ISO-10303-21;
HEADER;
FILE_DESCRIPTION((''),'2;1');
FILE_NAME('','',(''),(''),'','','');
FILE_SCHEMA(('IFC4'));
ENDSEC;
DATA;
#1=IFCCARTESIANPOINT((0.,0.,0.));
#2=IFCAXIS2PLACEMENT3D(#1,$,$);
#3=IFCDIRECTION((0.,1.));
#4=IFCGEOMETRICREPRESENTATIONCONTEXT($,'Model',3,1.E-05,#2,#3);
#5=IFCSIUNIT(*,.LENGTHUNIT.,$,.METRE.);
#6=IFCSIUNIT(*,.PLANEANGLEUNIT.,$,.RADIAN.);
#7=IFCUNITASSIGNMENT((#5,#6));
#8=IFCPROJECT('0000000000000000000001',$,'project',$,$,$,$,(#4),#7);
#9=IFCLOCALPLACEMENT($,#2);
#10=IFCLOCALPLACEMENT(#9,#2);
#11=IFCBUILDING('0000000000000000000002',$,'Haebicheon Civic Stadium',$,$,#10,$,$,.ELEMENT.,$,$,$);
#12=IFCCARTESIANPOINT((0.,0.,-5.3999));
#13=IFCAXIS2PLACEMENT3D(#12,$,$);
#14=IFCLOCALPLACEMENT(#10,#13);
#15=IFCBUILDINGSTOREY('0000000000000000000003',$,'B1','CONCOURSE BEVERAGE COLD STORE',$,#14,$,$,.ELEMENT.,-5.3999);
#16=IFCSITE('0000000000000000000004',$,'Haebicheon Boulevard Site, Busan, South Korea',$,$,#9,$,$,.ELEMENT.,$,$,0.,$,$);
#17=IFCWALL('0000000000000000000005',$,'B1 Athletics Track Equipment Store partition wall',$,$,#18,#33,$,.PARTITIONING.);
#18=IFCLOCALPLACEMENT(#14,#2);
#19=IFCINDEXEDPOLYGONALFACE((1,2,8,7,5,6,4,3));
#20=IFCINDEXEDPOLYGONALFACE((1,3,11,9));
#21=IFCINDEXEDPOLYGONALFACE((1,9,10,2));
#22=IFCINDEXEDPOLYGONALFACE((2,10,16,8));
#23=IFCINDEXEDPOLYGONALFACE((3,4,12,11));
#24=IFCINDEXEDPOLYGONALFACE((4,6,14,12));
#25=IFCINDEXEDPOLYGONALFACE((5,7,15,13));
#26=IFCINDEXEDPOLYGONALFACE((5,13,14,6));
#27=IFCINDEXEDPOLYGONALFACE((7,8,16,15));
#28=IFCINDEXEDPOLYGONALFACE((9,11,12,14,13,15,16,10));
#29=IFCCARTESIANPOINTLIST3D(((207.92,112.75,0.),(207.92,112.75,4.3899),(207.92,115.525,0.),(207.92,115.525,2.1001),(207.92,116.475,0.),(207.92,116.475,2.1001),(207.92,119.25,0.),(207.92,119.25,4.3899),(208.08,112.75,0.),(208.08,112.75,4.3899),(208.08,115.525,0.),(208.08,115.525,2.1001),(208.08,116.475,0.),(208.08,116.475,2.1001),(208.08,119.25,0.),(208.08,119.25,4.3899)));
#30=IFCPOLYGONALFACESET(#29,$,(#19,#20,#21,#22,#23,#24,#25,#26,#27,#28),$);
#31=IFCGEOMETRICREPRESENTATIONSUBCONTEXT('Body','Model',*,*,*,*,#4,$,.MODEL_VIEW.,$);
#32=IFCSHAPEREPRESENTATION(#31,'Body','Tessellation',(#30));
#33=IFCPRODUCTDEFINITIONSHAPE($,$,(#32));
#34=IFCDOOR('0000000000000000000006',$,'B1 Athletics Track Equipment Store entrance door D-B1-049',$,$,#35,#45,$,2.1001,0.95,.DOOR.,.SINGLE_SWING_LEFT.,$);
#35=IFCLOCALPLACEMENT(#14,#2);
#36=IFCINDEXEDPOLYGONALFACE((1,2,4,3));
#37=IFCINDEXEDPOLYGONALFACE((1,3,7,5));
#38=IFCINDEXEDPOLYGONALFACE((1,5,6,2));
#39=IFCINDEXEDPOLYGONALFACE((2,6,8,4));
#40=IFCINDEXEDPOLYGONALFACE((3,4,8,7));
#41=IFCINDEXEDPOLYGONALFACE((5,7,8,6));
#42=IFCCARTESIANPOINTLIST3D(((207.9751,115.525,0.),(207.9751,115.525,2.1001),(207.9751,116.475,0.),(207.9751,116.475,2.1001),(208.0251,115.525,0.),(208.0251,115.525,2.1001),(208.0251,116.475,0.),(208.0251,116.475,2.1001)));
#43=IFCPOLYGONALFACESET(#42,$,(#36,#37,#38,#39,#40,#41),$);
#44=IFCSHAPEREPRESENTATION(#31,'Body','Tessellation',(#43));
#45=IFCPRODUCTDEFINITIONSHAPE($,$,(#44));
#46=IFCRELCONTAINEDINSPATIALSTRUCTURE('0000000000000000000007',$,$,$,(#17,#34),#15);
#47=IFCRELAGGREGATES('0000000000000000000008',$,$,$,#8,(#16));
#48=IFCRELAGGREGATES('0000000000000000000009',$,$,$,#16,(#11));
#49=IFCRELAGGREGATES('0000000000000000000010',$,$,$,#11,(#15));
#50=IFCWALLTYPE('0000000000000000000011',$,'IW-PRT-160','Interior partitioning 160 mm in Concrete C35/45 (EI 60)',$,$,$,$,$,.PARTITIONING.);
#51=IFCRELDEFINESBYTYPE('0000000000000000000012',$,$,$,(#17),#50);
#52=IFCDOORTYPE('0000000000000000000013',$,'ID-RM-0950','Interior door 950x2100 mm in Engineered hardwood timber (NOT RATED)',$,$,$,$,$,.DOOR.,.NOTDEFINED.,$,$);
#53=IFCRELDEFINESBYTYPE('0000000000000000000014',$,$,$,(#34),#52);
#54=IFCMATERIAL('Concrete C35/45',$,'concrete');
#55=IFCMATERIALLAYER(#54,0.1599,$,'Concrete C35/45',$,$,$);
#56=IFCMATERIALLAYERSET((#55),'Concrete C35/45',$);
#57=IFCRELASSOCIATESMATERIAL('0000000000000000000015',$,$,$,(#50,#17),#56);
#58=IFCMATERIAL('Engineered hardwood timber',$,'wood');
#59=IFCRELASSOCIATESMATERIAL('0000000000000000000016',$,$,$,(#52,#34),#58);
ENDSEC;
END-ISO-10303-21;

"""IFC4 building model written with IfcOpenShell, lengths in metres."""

from ifc_helpers import new_model, si_unit, direction, frame, frame_2d, origin, place, context, subcontext, project, spatial, rectangle, extrude, material, layer, layer_set, type_object, element, fill, save


model = new_model("IFC4")

# Units and contexts
model_context = context("Model", 3, precision=1e-05, world=origin(), true_north=direction((0.0, 1.0)))
body_context = subcontext(model_context, "Body", "Model", "MODEL_VIEW")
ifc_project = project(units=[si_unit("LENGTHUNIT", "METRE"), si_unit("PLANEANGLEUNIT", "RADIAN")], contexts=[model_context])

# Site, building, storey
site_placement = place(None, origin())
site = spatial("IfcSite", under=ifc_project, at=site_placement, Name="Haebicheon Boulevard Site, Busan, South Korea", CompositionType="ELEMENT", RefElevation=0.0)
building_placement = place(site_placement, origin())
building = spatial("IfcBuilding", under=site, at=building_placement, Name="Haebicheon Civic Stadium", CompositionType="ELEMENT")
storey_placement = place(building_placement, frame((0.0, 0.0, -5.3999)))
storey = spatial("IfcBuildingStorey", under=building, at=storey_placement, Name="B1", Description="CONCOURSE BEVERAGE COLD STORE", CompositionType="ELEMENT", Elevation=-5.3999)

# Wall, opening, door
ifc_material_1 = material(Name="Concrete C35/45", Category="concrete")
ifc_layer_1 = layer(ifc_material_1, 0.1599, Name="Concrete C35/45")
ifc_layer_set_1 = layer_set([ifc_layer_1], Name="Concrete C35/45")
wall_type_1 = type_object("IfcWallType", Name="IW-PRT-160", Description="Interior partitioning 160 mm in Concrete C35/45 (EI 60)", PredefinedType="PARTITIONING", material=ifc_layer_set_1)
wall_1_placement = place(storey_placement, frame((208.0, 112.75, 0.0), z_axis=(0.0, 0.0, 1.0), x_axis=(0.0, 1.0, 0.0)))
wall_1 = element("IfcWall", 1, at=wall_1_placement, inside=storey, type_object=wall_type_1, material=ifc_layer_set_1, Name="B1 Athletics Track Equipment Store partition wall", PredefinedType="PARTITIONING", context=body_context, shape_type="SweptSolid", body=[
    extrude(rectangle(XDim=6.5, YDim=0.1599, at=frame_2d((3.25, 0.0))), origin(), (0.0, 0.0, 1.0), 4.3899),
])
opening_1_placement = place(wall_1_placement, frame((2.7749, 0.0, 0.0)))
opening_1 = element("IfcOpeningElement", 2, at=opening_1_placement, cuts=wall_1, PredefinedType="OPENING", context=body_context, shape_type="SweptSolid", body=[
    extrude(rectangle(XDim=0.95, YDim=2.1001, at=frame_2d((0.4751, 1.05))), frame((0.0, 0.0898, 0.0), z_axis=(0.0, -1.0, 0.0), x_axis=(1.0, 0.0, 0.0)), (0.0, 0.0, 1.0), 0.1799),
])
ifc_material_2 = material(Name="Engineered hardwood timber", Category="wood")
door_type_1 = type_object("IfcDoorType", Name="ID-RM-0950", Description="Interior door 950x2100 mm in Engineered hardwood timber (NOT RATED)", OperationType="NOTDEFINED", PredefinedType="DOOR", material=ifc_material_2)
door_1_placement = place(opening_1_placement, origin())
door_1 = element("IfcDoor", 3, at=door_1_placement, inside=storey, type_object=door_type_1, material=ifc_material_2, Name="B1 Athletics Track Equipment Store entrance door D-B1-049", OperationType="SINGLE_SWING_LEFT", OverallHeight=2.1001, OverallWidth=0.95, PredefinedType="DOOR", context=body_context, shape_type="SweptSolid", body=[
    extrude(rectangle(XDim=0.95, YDim=2.1001, at=frame_2d((0.4751, 1.05))), frame((0.0, 0.0249, 0.0), z_axis=(0.0, -1.0, 0.0), x_axis=(1.0, 0.0, 0.0)), (0.0, 0.0, 1.0), 0.05),
])
fill(opening_1, door_1)

save(model, "model.ifc")
